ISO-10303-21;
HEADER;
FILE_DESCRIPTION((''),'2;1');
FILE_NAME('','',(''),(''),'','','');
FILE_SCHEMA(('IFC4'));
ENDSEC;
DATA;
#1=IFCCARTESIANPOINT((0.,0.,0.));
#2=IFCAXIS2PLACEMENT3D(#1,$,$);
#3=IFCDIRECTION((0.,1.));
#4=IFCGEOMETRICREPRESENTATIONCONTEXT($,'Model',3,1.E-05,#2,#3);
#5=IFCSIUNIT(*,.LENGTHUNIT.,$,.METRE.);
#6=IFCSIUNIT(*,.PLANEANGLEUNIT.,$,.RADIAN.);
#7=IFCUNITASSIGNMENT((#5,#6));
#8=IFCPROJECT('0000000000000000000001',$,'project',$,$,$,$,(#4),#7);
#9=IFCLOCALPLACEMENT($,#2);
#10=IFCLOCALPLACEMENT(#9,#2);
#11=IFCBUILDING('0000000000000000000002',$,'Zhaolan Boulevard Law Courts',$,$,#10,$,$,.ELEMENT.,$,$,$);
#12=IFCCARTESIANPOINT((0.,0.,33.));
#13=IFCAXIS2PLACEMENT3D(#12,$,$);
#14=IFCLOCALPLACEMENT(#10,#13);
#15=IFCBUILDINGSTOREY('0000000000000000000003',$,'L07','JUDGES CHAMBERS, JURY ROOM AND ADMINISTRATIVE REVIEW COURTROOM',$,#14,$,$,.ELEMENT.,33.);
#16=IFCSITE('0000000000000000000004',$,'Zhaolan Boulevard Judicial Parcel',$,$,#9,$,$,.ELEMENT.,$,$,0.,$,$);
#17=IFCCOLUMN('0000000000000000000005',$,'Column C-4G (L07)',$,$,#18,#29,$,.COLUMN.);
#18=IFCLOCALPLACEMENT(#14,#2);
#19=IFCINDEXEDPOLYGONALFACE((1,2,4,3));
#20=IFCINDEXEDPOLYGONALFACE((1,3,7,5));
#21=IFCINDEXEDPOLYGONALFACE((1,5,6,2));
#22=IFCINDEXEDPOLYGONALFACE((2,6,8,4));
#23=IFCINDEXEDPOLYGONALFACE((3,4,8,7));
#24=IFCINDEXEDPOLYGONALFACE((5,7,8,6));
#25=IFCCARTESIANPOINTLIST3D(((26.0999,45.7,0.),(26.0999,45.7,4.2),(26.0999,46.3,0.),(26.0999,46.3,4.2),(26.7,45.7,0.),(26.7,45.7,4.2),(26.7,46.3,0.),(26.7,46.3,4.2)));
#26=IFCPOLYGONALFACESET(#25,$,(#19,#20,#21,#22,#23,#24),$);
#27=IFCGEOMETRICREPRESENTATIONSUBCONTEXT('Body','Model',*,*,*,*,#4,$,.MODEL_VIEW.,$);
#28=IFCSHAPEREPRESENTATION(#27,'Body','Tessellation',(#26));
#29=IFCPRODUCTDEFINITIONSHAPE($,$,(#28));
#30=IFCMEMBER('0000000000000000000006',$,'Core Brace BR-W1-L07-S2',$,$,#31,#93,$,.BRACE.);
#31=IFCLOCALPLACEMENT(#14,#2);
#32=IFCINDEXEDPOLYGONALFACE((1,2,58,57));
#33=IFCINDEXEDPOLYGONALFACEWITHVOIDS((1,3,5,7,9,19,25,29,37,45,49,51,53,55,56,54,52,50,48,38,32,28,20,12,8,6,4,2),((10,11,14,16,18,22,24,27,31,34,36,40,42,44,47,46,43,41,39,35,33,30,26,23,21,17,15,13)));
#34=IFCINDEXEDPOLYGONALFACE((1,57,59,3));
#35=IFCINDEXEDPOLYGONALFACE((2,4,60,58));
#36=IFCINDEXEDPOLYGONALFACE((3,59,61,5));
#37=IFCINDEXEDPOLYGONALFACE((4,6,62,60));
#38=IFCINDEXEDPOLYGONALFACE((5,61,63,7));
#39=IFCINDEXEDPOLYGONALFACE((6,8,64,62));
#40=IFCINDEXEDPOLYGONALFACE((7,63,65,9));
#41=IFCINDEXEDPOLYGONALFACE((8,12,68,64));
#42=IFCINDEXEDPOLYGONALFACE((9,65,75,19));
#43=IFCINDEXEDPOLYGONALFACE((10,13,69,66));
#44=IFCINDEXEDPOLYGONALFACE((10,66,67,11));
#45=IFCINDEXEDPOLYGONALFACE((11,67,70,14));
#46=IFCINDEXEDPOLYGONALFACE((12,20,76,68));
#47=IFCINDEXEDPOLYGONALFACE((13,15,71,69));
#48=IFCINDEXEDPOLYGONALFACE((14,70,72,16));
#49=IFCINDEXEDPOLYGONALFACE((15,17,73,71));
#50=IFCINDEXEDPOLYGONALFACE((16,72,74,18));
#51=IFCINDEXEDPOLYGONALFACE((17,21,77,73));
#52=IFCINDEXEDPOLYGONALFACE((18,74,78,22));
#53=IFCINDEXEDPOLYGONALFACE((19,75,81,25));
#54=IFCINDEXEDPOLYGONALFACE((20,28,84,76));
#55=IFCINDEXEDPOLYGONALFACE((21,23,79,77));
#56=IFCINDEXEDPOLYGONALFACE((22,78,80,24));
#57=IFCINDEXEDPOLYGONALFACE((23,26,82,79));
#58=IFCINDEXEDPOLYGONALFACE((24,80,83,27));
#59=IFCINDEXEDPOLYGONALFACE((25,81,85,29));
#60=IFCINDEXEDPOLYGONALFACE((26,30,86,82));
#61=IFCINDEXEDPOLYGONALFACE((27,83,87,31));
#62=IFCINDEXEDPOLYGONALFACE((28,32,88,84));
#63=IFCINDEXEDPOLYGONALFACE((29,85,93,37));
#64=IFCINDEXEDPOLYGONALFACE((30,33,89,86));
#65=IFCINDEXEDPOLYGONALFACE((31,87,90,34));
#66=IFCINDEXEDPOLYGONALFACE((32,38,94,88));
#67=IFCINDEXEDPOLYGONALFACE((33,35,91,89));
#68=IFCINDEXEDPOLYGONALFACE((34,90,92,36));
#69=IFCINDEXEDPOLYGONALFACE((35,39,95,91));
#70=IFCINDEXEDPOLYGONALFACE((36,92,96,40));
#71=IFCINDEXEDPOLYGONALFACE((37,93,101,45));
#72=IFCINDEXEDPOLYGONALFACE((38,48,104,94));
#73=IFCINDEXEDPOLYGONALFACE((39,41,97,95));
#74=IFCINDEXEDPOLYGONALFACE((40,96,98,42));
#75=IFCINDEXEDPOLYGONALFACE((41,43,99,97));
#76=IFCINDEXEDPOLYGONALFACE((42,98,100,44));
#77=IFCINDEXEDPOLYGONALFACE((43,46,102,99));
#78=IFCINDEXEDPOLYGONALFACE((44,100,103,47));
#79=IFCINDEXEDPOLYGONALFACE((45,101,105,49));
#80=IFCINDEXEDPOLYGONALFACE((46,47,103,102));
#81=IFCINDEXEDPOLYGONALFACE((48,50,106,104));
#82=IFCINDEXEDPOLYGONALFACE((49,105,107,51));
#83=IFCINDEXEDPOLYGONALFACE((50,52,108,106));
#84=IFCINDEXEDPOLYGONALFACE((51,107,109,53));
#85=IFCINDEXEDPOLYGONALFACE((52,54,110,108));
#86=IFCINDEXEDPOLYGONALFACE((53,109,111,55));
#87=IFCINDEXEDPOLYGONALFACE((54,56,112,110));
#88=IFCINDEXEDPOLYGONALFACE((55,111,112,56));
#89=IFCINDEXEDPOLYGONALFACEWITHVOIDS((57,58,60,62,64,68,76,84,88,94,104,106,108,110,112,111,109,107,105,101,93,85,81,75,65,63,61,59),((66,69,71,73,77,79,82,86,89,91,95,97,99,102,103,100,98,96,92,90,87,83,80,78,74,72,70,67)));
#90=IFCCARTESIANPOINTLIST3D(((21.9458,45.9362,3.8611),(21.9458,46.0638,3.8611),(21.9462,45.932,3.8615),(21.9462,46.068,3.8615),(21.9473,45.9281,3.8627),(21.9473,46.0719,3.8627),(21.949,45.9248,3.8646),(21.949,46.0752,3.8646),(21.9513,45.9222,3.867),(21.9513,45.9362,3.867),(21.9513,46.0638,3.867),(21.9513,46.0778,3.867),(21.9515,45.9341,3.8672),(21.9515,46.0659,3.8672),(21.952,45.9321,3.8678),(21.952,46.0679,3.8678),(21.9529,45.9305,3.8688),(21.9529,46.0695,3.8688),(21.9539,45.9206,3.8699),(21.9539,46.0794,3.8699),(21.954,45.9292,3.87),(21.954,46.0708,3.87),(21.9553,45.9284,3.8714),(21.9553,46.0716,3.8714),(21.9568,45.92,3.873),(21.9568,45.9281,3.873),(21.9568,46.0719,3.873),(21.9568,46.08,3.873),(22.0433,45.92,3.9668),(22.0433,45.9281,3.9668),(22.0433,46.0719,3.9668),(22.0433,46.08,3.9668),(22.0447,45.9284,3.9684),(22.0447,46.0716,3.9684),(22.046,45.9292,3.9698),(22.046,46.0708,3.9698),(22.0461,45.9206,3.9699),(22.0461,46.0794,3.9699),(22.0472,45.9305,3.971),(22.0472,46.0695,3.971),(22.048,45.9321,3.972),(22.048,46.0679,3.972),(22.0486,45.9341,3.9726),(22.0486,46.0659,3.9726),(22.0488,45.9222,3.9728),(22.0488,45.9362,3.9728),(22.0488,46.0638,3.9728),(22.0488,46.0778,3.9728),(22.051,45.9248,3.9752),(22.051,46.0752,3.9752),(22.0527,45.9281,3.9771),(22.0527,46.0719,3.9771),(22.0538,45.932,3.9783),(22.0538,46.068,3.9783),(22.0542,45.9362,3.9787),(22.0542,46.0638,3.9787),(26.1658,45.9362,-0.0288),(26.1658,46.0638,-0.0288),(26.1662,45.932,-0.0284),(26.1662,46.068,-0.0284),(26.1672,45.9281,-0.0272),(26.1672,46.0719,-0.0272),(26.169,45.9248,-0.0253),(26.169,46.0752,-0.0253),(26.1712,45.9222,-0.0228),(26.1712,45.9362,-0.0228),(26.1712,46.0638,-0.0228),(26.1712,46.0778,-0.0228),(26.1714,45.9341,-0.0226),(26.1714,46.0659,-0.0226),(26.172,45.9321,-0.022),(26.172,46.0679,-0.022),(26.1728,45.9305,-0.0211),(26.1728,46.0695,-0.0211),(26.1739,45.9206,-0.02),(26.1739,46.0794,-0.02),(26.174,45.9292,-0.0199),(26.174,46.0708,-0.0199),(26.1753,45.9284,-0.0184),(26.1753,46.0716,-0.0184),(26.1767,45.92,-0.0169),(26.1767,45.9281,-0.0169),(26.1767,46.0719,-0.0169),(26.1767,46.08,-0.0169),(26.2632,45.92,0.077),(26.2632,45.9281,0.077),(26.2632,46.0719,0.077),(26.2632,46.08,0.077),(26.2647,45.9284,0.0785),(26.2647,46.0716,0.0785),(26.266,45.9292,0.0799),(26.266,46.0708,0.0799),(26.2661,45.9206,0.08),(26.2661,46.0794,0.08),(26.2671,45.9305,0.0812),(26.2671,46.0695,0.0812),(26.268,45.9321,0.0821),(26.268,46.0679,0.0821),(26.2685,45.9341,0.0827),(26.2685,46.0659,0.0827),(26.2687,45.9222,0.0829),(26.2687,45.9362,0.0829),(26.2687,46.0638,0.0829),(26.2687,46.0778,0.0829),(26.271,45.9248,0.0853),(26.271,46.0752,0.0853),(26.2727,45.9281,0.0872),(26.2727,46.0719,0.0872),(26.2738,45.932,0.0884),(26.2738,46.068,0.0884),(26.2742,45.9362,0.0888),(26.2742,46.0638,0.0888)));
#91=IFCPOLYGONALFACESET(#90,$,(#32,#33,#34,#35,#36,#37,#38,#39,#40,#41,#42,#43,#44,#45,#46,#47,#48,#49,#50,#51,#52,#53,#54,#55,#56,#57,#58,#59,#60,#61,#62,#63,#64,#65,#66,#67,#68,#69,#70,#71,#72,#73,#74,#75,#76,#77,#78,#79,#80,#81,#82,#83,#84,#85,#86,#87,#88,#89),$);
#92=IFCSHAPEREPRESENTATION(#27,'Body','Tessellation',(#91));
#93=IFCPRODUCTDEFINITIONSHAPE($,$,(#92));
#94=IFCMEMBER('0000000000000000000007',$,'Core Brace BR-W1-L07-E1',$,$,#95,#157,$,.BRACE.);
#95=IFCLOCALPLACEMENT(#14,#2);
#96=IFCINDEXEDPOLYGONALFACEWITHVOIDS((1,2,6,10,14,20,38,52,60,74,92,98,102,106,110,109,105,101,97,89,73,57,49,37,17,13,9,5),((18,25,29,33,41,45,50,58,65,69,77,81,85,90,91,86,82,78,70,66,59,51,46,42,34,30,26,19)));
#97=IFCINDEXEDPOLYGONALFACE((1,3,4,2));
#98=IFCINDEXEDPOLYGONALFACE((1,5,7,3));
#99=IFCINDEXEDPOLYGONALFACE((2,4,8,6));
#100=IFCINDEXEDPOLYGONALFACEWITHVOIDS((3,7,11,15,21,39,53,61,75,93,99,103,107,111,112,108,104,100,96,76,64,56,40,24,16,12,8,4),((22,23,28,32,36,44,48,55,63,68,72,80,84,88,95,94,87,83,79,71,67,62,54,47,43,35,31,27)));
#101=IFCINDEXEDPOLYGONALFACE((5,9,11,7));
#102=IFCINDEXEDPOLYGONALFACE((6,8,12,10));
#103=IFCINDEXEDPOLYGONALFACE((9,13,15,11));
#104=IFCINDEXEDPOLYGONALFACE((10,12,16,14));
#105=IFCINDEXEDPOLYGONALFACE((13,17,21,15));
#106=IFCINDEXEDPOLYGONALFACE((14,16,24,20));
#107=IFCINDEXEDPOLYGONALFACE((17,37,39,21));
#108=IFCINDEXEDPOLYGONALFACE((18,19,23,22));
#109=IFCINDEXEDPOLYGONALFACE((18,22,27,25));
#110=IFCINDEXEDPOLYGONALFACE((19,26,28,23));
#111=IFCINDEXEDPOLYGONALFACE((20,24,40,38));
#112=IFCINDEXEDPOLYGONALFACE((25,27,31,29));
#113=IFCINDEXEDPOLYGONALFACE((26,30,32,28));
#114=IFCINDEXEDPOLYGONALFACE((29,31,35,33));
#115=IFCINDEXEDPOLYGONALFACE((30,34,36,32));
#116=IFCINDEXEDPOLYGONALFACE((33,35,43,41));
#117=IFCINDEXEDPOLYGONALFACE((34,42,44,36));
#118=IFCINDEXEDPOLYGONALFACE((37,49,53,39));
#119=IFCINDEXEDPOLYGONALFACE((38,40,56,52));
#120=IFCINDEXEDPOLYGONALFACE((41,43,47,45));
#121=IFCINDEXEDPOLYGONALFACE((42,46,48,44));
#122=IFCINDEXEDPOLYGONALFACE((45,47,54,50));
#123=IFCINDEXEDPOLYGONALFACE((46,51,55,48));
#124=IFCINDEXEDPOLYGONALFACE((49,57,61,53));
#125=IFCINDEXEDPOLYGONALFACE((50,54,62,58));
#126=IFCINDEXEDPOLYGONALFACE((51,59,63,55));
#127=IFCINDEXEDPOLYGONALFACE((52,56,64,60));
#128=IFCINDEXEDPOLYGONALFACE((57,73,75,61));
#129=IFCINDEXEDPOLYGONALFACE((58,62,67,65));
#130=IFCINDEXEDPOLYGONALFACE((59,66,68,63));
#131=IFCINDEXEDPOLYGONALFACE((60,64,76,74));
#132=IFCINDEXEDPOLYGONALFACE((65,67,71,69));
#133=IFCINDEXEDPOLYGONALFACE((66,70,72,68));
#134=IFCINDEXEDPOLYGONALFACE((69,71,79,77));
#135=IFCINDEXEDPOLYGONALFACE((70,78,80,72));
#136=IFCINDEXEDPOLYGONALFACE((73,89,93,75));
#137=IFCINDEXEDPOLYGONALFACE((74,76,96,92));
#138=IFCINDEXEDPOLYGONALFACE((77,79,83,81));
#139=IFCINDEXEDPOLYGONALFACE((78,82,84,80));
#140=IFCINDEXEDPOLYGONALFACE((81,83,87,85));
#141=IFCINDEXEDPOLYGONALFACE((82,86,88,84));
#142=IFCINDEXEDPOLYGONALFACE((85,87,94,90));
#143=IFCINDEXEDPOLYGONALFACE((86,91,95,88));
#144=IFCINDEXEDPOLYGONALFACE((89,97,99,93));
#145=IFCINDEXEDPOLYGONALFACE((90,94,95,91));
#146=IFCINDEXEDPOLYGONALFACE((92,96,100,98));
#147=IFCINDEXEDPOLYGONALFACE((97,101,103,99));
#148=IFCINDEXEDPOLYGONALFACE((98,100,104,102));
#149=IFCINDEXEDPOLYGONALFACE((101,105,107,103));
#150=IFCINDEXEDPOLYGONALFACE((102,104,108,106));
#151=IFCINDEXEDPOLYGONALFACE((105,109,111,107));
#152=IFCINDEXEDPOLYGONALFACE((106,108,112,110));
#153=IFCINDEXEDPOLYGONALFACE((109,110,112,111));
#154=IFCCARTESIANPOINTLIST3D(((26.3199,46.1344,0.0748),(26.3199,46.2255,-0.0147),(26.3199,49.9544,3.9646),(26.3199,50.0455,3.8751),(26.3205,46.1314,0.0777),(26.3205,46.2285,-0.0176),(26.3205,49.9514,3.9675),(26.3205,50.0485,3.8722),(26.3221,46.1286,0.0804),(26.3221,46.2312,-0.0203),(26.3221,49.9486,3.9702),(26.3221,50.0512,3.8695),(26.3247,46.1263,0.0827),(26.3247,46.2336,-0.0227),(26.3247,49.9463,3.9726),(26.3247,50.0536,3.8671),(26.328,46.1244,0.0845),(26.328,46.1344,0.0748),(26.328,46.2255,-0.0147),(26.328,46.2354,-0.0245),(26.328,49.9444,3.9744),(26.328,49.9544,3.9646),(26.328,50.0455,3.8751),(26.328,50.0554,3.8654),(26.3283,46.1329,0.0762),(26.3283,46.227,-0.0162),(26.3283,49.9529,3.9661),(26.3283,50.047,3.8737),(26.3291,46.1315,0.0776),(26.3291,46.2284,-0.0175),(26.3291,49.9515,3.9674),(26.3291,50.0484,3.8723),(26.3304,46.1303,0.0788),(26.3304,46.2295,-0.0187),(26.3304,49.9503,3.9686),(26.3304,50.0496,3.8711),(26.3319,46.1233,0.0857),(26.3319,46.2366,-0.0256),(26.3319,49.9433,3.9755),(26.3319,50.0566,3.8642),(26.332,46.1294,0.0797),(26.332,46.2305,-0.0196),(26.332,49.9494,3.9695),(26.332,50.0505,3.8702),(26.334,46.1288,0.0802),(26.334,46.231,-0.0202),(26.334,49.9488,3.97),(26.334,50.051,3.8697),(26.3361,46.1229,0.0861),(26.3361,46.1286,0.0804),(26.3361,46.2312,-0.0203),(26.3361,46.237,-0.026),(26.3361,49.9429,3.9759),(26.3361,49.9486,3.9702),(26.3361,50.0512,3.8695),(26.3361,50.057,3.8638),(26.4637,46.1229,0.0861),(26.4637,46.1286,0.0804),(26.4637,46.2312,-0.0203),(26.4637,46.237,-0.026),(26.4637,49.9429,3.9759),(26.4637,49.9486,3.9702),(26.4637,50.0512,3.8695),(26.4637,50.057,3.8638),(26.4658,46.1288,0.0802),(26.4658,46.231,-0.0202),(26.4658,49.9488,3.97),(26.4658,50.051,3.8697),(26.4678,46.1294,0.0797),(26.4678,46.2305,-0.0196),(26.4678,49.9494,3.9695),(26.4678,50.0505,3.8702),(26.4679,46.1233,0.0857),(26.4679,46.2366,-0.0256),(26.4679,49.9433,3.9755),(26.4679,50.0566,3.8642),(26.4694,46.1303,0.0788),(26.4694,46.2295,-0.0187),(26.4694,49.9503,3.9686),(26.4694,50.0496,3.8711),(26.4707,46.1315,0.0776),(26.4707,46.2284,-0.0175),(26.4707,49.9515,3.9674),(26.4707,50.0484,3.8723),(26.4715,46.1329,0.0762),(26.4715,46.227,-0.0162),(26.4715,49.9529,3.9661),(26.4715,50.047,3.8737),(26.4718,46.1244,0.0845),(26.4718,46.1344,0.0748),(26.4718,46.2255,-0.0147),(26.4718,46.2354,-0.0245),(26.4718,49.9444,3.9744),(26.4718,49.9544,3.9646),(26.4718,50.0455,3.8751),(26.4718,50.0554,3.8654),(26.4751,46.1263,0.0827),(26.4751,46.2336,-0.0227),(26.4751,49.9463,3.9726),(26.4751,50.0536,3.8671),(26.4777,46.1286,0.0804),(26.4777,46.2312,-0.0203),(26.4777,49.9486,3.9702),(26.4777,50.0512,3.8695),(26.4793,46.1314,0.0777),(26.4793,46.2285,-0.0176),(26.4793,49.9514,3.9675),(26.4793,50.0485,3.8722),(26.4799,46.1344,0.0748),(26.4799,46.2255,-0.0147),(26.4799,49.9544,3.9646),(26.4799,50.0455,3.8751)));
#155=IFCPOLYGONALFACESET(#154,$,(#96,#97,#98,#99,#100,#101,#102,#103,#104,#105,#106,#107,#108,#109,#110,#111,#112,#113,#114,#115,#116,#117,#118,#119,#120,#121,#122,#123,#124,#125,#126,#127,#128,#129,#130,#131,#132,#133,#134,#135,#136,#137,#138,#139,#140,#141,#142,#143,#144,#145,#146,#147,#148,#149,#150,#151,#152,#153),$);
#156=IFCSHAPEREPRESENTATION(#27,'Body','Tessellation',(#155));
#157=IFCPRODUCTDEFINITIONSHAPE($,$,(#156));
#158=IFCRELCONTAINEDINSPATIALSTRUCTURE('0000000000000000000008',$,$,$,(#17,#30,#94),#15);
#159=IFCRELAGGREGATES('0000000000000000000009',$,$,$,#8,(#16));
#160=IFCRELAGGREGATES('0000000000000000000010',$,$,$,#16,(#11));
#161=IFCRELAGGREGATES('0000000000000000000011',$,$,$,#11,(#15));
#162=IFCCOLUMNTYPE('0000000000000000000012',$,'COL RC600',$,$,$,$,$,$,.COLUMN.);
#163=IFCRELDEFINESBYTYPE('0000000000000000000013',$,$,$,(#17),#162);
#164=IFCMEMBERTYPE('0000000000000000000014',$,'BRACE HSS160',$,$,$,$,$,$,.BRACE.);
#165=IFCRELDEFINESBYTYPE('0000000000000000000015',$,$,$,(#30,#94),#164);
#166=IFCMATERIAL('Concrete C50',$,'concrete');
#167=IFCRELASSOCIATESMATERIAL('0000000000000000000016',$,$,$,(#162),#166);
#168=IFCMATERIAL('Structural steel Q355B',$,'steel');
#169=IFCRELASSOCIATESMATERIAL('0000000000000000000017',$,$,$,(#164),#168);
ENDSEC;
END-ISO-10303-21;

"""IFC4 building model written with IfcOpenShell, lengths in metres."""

from ifc_helpers import new_model, si_unit, direction, frame, origin, origin_2d, place, context, subcontext, project, spatial, rectangle, hollow_rectangle, extrude, material, material_profile, profile_set, type_object, element, save


model = new_model("IFC4")

# Units and contexts
model_context = context("Model", 3, precision=1e-05, world=origin(), true_north=direction((0.0, 1.0)))
body_context = subcontext(model_context, "Body", "Model", "MODEL_VIEW")
ifc_project = project(units=[si_unit("LENGTHUNIT", "METRE"), si_unit("PLANEANGLEUNIT", "RADIAN")], contexts=[model_context])

# Site, building, storey
site_placement = place(None, origin())
site = spatial("IfcSite", under=ifc_project, at=site_placement, Name="Zhaolan Boulevard Judicial Parcel", CompositionType="ELEMENT", RefElevation=0.0)
building_placement = place(site_placement, origin())
building = spatial("IfcBuilding", under=site, at=building_placement, Name="Zhaolan Boulevard Law Courts", CompositionType="ELEMENT")
storey_placement = place(building_placement, frame((0.0, 0.0, 33.0)))
storey = spatial("IfcBuildingStorey", under=building, at=storey_placement, Name="L07", Description="JUDGES CHAMBERS, JURY ROOM AND ADMINISTRATIVE REVIEW COURTROOM", CompositionType="ELEMENT", Elevation=33.0)

# Column
ifc_material_1 = material(Name="Concrete C50", Category="concrete")
ifc_material_profile_1 = material_profile(ifc_material_1, rectangle(XDim=0.6001, YDim=0.6001, at=origin_2d()), Name="RC600x600")
ifc_profile_set_1 = profile_set([ifc_material_profile_1], Name="Concrete C50")
column_type = type_object("IfcColumnType", Name="COL RC600", PredefinedType="COLUMN", material=ifc_profile_set_1)
column_placement = place(storey_placement, frame((26.3999, 46.0, 0.0), z_axis=(0.0, 0.0, 1.0), x_axis=(1.0, 0.0, 0.0)))
element("IfcColumn", 1, at=column_placement, inside=storey, type_object=column_type, Name="Column C-4G (L07)", PredefinedType="COLUMN", context=body_context, shape_type="SweptSolid", body=[
    extrude(rectangle(XDim=0.6001, YDim=0.6001, at=origin_2d()), origin(), (0.0, 0.0, 1.0), 4.2),
])

# Members
ifc_material_2 = material(Name="Structural steel Q355B", Category="steel")
ifc_material_profile_2 = material_profile(ifc_material_2, hollow_rectangle(XDim=0.1599, YDim=0.1599, WallThickness=0.0081, InnerFilletRadius=0.0081, OuterFilletRadius=0.0161, at=origin_2d()), Name="HSS160x160x8")
ifc_profile_set_2 = profile_set([ifc_material_profile_2], Name="Structural steel Q355B")
member_type = type_object("IfcMemberType", Name="BRACE HSS160", PredefinedType="BRACE", material=ifc_profile_set_2)
member_1_placement = place(storey_placement, frame((26.22, 46.0, 0.03), z_axis=(-0.735278, 0.0, 0.677766), x_axis=(0.0, -1.0, 0.0)))
element("IfcMember", 2, at=member_1_placement, inside=storey, type_object=member_type, Name="Core Brace BR-W1-L07-S2", PredefinedType="BRACE", context=body_context, shape_type="SweptSolid", body=[
    extrude(hollow_rectangle(XDim=0.1599, YDim=0.1599, WallThickness=0.0081, InnerFilletRadius=0.0081, OuterFilletRadius=0.0161, at=origin_2d()), origin(), (0.0, 0.0, 1.0), 5.7393),
])
member_2_placement = place(storey_placement, frame((26.3999, 46.1799, 0.03), z_axis=(0.0, 0.700674, 0.713481), x_axis=(-1.0, 0.0, 0.0)))
element("IfcMember", 3, at=member_2_placement, inside=storey, type_object=member_type, Name="Core Brace BR-W1-L07-E1", PredefinedType="BRACE", context=body_context, shape_type="SweptSolid", body=[
    extrude(hollow_rectangle(XDim=0.1599, YDim=0.1599, WallThickness=0.0081, InnerFilletRadius=0.0081, OuterFilletRadius=0.0161, at=origin_2d()), origin(), (0.0, 0.0, 1.0), 5.4519),
])

save(model, "model.ifc")
